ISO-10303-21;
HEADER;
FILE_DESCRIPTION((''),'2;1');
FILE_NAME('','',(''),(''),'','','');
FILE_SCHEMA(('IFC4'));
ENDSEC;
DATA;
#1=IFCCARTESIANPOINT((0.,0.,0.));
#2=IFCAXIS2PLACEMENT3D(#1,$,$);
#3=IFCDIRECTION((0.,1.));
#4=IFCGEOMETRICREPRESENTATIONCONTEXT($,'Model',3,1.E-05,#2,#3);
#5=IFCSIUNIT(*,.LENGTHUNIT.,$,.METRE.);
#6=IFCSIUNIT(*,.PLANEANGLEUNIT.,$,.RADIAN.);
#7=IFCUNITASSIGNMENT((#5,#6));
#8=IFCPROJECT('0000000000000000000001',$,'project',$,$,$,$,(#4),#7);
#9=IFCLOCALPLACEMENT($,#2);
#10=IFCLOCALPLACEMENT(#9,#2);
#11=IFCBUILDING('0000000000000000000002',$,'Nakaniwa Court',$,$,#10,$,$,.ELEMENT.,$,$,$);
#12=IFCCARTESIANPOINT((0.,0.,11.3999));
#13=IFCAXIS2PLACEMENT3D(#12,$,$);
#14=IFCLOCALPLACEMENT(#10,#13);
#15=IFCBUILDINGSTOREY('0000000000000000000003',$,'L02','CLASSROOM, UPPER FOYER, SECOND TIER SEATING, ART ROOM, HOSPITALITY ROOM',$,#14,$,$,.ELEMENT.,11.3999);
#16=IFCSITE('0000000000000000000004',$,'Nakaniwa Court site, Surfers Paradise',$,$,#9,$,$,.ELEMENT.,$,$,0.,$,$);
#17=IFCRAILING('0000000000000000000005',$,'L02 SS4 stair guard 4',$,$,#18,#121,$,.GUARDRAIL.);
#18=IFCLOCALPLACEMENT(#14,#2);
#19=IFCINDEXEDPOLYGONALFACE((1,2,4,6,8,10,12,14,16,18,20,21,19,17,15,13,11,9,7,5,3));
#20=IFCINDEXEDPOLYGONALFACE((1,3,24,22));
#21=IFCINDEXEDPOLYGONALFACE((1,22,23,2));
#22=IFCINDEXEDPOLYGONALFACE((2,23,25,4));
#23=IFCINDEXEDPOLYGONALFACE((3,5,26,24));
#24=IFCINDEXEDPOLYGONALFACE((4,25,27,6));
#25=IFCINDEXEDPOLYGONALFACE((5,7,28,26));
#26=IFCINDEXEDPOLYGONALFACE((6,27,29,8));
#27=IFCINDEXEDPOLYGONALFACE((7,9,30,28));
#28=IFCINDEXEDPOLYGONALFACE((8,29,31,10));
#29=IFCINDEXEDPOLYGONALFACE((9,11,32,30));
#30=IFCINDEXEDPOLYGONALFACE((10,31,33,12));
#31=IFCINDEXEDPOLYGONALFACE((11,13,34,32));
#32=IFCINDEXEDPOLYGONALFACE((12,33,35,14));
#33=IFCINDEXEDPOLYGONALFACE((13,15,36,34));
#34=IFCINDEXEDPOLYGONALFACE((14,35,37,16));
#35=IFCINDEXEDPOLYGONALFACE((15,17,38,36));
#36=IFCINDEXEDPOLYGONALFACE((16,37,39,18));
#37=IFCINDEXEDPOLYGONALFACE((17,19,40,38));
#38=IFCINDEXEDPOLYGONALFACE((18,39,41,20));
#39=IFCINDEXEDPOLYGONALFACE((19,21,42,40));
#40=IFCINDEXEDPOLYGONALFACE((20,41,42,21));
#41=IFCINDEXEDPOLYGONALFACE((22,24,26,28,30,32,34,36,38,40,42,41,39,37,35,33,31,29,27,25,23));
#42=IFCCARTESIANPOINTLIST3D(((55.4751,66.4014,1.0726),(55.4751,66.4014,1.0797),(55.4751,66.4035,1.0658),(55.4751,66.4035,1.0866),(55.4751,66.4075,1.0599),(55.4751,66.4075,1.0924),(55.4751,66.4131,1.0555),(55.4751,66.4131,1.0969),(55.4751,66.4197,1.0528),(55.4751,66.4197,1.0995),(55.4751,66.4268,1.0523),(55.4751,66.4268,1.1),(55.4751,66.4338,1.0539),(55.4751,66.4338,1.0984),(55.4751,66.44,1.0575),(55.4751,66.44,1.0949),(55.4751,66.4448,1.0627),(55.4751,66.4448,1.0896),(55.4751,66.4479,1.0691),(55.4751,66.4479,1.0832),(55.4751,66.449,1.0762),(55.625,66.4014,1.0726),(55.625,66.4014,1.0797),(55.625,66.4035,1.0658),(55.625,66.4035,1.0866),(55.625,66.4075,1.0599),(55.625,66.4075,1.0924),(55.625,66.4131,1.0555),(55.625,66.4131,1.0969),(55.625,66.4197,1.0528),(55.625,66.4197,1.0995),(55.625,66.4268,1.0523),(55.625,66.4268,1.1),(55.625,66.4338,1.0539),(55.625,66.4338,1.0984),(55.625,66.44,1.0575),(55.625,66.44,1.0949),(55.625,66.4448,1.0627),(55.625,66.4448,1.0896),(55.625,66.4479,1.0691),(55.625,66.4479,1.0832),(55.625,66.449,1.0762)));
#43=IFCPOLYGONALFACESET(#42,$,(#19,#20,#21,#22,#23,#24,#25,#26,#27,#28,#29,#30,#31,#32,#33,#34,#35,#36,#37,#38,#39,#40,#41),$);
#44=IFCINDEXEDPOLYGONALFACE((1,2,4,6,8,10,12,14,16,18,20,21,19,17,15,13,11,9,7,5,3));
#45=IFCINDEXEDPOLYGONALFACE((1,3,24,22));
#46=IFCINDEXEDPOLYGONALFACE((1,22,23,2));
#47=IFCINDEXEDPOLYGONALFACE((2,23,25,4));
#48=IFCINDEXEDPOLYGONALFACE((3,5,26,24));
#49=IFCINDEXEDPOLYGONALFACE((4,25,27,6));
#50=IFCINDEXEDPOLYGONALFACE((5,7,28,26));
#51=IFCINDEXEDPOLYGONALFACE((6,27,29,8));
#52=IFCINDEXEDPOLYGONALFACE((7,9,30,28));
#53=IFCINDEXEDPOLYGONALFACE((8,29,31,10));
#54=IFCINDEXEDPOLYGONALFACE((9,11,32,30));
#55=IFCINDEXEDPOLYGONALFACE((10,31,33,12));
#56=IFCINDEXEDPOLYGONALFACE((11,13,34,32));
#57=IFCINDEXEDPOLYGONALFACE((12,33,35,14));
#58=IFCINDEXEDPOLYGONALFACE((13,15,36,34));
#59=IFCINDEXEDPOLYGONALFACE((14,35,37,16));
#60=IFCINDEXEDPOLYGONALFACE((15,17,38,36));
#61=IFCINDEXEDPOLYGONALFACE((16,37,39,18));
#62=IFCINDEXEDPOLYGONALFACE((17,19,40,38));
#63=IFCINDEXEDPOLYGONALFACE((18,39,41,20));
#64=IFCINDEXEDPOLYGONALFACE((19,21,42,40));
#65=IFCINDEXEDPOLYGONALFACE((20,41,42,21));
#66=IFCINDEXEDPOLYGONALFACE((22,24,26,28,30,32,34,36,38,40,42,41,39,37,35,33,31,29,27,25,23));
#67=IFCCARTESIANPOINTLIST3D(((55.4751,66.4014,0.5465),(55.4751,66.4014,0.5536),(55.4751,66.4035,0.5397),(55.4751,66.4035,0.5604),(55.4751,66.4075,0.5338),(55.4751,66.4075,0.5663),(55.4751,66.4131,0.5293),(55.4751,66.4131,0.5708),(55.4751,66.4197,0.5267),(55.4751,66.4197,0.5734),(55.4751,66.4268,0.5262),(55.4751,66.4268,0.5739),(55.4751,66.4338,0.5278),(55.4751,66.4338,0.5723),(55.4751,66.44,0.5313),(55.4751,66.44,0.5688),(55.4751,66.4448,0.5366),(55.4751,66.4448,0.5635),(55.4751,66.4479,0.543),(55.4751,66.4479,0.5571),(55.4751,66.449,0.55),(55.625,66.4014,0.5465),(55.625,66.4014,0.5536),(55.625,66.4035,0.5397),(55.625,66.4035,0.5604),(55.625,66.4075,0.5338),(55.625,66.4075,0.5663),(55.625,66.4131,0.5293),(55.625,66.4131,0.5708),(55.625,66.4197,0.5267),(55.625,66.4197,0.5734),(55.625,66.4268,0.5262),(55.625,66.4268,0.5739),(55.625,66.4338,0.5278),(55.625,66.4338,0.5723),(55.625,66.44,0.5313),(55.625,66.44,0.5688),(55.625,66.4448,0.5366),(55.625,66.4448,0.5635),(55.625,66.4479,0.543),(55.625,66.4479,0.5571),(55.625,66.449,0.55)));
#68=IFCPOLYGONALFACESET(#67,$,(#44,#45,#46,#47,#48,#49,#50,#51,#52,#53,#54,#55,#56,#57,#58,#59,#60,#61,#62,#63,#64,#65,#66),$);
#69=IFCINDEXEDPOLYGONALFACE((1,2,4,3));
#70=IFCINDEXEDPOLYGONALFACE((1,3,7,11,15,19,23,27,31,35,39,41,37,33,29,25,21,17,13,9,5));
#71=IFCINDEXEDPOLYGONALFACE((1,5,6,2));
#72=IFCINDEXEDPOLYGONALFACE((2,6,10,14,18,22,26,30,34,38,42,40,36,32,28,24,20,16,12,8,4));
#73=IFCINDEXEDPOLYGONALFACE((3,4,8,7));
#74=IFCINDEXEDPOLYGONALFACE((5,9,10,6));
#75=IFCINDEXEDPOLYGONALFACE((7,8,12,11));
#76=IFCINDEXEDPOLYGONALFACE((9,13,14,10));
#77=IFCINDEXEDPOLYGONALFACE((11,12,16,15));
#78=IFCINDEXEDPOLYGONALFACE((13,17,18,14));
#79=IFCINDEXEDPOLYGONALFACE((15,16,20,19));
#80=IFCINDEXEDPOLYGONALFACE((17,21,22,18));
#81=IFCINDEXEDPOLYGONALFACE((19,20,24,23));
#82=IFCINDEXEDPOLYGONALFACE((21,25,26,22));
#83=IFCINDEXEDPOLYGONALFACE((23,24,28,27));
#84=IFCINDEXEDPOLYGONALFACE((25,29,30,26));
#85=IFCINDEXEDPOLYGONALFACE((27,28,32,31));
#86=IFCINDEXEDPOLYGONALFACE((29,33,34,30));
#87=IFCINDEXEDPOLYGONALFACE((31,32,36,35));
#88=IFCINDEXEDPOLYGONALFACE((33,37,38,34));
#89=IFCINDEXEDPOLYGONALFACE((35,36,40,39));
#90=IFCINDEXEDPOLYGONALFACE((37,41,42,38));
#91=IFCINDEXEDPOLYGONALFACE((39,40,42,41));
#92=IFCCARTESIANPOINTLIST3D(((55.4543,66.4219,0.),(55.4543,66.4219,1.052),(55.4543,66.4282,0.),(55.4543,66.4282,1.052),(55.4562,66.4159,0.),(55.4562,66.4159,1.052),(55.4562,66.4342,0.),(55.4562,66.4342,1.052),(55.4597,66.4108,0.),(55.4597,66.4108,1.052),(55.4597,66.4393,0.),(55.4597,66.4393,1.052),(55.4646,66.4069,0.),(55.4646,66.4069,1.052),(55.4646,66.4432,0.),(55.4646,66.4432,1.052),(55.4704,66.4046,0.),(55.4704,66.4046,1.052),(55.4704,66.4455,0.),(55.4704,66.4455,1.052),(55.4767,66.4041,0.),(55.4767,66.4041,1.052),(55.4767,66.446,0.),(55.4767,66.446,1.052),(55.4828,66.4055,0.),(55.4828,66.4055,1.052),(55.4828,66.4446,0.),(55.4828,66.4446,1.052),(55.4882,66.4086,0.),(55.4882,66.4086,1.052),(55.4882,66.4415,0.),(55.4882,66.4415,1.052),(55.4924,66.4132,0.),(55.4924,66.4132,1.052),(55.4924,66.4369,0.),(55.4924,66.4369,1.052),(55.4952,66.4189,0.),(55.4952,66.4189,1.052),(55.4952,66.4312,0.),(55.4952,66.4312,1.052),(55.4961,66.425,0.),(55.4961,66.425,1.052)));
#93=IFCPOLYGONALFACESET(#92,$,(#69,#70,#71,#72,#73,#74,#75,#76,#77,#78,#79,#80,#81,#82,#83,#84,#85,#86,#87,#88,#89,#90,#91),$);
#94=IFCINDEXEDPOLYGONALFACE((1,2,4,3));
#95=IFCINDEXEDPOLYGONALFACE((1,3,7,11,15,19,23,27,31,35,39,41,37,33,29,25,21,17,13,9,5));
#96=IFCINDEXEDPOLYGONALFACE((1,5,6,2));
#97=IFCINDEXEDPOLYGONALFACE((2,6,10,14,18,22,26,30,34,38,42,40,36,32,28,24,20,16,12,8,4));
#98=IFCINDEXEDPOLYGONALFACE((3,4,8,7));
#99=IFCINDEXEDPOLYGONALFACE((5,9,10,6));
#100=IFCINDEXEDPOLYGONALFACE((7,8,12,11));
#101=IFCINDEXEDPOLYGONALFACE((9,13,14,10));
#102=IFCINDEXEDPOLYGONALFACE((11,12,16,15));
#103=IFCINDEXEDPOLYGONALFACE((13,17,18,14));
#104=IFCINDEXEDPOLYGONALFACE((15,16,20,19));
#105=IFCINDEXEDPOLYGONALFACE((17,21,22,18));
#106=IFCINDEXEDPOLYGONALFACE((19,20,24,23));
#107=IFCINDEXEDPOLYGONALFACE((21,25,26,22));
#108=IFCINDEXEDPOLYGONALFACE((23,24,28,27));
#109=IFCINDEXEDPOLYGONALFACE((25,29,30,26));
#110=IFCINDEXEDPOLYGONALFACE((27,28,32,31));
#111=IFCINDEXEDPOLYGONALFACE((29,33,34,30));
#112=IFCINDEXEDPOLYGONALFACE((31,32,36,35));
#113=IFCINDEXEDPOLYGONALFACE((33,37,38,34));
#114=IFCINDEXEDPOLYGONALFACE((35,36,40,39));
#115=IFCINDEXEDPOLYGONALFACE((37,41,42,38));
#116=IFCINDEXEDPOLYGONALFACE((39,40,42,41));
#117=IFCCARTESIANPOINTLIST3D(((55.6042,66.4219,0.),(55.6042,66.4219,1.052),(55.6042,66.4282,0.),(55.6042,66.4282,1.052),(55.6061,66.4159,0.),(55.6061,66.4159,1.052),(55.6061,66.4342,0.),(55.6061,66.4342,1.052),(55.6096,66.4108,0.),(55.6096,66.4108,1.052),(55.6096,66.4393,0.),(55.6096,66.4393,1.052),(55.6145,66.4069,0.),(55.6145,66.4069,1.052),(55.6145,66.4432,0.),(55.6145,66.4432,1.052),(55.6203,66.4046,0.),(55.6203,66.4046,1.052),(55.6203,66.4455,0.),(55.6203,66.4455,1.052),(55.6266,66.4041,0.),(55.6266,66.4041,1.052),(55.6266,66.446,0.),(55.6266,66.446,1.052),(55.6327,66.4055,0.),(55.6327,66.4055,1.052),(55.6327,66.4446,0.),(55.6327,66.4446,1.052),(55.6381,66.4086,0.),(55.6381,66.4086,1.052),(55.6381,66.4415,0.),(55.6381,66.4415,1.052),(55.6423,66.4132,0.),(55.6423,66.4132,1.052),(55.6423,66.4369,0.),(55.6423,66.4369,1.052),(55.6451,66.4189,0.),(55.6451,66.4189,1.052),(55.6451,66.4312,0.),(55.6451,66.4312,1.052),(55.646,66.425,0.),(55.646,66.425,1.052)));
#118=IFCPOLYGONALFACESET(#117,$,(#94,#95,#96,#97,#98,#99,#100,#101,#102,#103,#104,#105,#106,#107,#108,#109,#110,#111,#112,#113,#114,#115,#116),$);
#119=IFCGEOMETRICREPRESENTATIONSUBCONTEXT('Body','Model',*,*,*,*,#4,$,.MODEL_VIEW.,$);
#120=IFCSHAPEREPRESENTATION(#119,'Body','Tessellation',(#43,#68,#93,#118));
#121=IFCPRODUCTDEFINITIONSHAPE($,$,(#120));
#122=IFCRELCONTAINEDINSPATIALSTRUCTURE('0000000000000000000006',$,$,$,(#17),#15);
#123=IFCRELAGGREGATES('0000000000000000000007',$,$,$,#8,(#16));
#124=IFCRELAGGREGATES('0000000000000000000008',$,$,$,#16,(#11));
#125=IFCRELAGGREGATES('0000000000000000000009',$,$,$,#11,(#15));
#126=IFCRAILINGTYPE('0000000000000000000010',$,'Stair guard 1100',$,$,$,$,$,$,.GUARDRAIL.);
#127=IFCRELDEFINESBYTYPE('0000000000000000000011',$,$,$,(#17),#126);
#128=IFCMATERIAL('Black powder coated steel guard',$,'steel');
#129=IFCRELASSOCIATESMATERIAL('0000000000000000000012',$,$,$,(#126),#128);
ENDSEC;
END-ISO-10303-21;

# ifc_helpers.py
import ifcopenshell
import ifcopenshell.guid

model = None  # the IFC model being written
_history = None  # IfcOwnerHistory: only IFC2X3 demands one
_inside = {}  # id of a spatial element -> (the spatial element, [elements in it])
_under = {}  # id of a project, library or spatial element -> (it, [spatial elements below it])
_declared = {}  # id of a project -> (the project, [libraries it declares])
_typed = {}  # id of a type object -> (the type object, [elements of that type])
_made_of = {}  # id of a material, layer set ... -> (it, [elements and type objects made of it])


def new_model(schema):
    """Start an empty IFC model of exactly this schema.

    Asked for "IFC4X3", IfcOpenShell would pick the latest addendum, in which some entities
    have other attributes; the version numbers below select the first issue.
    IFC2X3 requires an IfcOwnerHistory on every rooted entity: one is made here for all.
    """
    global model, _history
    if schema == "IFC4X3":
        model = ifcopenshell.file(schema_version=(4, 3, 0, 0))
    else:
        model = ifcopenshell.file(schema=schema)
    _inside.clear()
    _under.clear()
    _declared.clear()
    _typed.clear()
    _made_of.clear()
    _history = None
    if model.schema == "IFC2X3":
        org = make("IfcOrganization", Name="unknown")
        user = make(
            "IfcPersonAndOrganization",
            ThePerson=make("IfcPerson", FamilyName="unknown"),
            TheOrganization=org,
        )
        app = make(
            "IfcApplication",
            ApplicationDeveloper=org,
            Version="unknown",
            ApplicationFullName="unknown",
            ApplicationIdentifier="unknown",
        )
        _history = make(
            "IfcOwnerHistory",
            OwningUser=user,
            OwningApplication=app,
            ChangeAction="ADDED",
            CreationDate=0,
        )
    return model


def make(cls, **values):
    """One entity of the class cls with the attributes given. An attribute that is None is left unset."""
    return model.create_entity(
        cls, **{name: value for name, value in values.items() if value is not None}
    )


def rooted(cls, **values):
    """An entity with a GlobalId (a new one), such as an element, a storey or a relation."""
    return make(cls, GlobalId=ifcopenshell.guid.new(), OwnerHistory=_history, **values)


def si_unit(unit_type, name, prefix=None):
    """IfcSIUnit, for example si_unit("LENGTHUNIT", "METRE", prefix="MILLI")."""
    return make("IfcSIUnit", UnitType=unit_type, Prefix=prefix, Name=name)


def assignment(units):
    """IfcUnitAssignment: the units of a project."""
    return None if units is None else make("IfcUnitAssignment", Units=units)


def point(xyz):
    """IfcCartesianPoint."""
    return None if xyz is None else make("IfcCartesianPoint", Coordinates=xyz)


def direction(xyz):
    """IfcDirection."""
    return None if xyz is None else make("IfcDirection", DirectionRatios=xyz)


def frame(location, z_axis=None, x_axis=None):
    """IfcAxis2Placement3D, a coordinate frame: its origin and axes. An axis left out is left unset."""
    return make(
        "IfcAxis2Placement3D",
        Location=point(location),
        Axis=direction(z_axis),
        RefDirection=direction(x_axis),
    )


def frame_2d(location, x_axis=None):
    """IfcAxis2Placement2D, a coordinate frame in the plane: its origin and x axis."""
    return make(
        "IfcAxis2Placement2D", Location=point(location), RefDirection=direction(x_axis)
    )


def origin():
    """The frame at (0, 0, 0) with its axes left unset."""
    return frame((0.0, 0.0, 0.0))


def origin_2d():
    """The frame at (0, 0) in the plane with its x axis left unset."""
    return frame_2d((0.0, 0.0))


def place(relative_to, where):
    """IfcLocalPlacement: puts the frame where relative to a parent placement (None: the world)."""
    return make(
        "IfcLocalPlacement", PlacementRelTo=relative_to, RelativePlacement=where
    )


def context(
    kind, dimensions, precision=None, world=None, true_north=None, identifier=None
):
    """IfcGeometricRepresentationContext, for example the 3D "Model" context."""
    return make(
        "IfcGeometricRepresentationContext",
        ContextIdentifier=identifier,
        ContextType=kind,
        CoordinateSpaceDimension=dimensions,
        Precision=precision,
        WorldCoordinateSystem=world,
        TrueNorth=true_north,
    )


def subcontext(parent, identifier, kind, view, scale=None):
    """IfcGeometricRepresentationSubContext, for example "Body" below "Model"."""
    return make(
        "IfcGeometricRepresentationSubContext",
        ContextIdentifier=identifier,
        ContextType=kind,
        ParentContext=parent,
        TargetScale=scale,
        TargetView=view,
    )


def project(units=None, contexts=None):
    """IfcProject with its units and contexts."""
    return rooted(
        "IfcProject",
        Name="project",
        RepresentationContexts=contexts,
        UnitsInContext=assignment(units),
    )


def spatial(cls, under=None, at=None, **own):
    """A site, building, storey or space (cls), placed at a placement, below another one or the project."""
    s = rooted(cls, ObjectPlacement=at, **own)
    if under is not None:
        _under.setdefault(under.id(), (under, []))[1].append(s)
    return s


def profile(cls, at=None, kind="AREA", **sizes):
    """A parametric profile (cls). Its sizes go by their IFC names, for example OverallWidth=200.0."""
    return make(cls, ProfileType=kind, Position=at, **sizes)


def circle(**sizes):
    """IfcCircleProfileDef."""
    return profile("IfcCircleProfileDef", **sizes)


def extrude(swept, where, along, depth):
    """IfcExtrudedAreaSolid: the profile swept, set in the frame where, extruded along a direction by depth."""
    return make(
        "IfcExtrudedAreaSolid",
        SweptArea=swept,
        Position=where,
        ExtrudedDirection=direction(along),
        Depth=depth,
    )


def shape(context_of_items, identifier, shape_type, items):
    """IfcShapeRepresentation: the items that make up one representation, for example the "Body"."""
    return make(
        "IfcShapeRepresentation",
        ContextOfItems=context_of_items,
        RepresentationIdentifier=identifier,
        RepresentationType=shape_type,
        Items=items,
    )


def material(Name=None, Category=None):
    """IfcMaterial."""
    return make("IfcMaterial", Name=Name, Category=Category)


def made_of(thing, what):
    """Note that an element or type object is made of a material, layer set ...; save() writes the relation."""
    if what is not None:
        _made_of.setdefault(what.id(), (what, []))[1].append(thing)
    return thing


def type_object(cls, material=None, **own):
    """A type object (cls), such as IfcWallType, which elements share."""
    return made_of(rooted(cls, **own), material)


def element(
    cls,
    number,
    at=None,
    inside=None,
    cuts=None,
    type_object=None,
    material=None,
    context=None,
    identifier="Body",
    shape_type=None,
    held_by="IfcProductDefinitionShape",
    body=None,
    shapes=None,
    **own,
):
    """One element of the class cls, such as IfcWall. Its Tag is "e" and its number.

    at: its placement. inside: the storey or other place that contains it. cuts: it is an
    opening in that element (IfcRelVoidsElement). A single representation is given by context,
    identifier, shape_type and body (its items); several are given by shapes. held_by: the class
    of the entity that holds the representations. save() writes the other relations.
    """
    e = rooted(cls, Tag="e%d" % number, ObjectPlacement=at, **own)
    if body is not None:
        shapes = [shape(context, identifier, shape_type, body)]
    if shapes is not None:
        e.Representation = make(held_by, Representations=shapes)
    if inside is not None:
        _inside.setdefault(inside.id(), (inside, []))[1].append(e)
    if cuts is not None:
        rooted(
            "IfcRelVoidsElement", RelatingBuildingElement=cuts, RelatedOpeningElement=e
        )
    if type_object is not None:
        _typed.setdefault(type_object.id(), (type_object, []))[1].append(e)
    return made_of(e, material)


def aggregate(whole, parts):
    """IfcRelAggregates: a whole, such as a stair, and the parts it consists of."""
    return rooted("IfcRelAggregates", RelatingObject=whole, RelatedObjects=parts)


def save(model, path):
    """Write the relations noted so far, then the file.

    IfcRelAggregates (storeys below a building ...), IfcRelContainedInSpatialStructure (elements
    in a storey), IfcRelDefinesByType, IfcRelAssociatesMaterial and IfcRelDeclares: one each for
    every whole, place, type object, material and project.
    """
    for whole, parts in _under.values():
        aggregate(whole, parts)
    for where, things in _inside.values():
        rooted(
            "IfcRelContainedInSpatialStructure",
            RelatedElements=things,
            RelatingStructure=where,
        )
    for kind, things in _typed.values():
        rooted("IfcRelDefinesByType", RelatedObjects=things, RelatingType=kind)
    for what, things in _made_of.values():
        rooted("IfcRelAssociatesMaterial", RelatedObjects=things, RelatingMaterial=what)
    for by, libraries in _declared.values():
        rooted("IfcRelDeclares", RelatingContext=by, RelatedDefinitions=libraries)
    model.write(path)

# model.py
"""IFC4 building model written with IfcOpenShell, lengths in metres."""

from ifc_helpers import new_model, si_unit, direction, frame, origin, origin_2d, place, context, subcontext, project, spatial, circle, extrude, material, type_object, element, save


model = new_model("IFC4")

# Units and contexts
model_context = context("Model", 3, precision=1e-05, world=origin(), true_north=direction((0.0, 1.0)))
body_context = subcontext(model_context, "Body", "Model", "MODEL_VIEW")
ifc_project = project(units=[si_unit("LENGTHUNIT", "METRE"), si_unit("PLANEANGLEUNIT", "RADIAN")], contexts=[model_context])

# Site, building, storey
site_placement = place(None, origin())
site = spatial("IfcSite", under=ifc_project, at=site_placement, Name="Nakaniwa Court site, Surfers Paradise", CompositionType="ELEMENT", RefElevation=0.0)
building_placement = place(site_placement, origin())
building = spatial("IfcBuilding", under=site, at=building_placement, Name="Nakaniwa Court", CompositionType="ELEMENT")
storey_placement = place(building_placement, frame((0.0, 0.0, 11.3999)))
storey = spatial("IfcBuildingStorey", under=building, at=storey_placement, Name="L02", Description="CLASSROOM, UPPER FOYER, SECOND TIER SEATING, ART ROOM, HOSPITALITY ROOM", CompositionType="ELEMENT", Elevation=11.3999)

# Railing
ifc_material_1 = material(Name="Black powder coated steel guard", Category="steel")
railing_type_1 = type_object("IfcRailingType", Name="Stair guard 1100", PredefinedType="GUARDRAIL", material=ifc_material_1)
railing_1_placement = place(storey_placement, frame((55.4751, 66.425, 0.0)))
element("IfcRailing", 1, at=railing_1_placement, inside=storey, type_object=railing_type_1, Name="L02 SS4 stair guard 4", PredefinedType="GUARDRAIL", context=body_context, shape_type="SweptSolid", body=[
    extrude(circle(Radius=0.0239, at=origin_2d()), frame((0.0, 0.0, 1.0762), z_axis=(1.0, 0.0, 0.0), x_axis=(0.0, 1.0, 0.0)), (0.0, 0.0, 1.0), 0.1499),
    extrude(circle(Radius=0.0239, at=origin_2d()), frame((0.0, 0.0, 0.55), z_axis=(1.0, 0.0, 0.0), x_axis=(0.0, 1.0, 0.0)), (0.0, 0.0, 1.0), 0.1499),
    extrude(circle(Radius=0.021, at=origin_2d()), origin(), (0.0, 0.0, 1.0), 1.052),
    extrude(circle(Radius=0.021, at=origin_2d()), frame((0.1499, 0.0, 0.0)), (0.0, 0.0, 1.0), 1.052),
])

save(model, "model.ifc")
